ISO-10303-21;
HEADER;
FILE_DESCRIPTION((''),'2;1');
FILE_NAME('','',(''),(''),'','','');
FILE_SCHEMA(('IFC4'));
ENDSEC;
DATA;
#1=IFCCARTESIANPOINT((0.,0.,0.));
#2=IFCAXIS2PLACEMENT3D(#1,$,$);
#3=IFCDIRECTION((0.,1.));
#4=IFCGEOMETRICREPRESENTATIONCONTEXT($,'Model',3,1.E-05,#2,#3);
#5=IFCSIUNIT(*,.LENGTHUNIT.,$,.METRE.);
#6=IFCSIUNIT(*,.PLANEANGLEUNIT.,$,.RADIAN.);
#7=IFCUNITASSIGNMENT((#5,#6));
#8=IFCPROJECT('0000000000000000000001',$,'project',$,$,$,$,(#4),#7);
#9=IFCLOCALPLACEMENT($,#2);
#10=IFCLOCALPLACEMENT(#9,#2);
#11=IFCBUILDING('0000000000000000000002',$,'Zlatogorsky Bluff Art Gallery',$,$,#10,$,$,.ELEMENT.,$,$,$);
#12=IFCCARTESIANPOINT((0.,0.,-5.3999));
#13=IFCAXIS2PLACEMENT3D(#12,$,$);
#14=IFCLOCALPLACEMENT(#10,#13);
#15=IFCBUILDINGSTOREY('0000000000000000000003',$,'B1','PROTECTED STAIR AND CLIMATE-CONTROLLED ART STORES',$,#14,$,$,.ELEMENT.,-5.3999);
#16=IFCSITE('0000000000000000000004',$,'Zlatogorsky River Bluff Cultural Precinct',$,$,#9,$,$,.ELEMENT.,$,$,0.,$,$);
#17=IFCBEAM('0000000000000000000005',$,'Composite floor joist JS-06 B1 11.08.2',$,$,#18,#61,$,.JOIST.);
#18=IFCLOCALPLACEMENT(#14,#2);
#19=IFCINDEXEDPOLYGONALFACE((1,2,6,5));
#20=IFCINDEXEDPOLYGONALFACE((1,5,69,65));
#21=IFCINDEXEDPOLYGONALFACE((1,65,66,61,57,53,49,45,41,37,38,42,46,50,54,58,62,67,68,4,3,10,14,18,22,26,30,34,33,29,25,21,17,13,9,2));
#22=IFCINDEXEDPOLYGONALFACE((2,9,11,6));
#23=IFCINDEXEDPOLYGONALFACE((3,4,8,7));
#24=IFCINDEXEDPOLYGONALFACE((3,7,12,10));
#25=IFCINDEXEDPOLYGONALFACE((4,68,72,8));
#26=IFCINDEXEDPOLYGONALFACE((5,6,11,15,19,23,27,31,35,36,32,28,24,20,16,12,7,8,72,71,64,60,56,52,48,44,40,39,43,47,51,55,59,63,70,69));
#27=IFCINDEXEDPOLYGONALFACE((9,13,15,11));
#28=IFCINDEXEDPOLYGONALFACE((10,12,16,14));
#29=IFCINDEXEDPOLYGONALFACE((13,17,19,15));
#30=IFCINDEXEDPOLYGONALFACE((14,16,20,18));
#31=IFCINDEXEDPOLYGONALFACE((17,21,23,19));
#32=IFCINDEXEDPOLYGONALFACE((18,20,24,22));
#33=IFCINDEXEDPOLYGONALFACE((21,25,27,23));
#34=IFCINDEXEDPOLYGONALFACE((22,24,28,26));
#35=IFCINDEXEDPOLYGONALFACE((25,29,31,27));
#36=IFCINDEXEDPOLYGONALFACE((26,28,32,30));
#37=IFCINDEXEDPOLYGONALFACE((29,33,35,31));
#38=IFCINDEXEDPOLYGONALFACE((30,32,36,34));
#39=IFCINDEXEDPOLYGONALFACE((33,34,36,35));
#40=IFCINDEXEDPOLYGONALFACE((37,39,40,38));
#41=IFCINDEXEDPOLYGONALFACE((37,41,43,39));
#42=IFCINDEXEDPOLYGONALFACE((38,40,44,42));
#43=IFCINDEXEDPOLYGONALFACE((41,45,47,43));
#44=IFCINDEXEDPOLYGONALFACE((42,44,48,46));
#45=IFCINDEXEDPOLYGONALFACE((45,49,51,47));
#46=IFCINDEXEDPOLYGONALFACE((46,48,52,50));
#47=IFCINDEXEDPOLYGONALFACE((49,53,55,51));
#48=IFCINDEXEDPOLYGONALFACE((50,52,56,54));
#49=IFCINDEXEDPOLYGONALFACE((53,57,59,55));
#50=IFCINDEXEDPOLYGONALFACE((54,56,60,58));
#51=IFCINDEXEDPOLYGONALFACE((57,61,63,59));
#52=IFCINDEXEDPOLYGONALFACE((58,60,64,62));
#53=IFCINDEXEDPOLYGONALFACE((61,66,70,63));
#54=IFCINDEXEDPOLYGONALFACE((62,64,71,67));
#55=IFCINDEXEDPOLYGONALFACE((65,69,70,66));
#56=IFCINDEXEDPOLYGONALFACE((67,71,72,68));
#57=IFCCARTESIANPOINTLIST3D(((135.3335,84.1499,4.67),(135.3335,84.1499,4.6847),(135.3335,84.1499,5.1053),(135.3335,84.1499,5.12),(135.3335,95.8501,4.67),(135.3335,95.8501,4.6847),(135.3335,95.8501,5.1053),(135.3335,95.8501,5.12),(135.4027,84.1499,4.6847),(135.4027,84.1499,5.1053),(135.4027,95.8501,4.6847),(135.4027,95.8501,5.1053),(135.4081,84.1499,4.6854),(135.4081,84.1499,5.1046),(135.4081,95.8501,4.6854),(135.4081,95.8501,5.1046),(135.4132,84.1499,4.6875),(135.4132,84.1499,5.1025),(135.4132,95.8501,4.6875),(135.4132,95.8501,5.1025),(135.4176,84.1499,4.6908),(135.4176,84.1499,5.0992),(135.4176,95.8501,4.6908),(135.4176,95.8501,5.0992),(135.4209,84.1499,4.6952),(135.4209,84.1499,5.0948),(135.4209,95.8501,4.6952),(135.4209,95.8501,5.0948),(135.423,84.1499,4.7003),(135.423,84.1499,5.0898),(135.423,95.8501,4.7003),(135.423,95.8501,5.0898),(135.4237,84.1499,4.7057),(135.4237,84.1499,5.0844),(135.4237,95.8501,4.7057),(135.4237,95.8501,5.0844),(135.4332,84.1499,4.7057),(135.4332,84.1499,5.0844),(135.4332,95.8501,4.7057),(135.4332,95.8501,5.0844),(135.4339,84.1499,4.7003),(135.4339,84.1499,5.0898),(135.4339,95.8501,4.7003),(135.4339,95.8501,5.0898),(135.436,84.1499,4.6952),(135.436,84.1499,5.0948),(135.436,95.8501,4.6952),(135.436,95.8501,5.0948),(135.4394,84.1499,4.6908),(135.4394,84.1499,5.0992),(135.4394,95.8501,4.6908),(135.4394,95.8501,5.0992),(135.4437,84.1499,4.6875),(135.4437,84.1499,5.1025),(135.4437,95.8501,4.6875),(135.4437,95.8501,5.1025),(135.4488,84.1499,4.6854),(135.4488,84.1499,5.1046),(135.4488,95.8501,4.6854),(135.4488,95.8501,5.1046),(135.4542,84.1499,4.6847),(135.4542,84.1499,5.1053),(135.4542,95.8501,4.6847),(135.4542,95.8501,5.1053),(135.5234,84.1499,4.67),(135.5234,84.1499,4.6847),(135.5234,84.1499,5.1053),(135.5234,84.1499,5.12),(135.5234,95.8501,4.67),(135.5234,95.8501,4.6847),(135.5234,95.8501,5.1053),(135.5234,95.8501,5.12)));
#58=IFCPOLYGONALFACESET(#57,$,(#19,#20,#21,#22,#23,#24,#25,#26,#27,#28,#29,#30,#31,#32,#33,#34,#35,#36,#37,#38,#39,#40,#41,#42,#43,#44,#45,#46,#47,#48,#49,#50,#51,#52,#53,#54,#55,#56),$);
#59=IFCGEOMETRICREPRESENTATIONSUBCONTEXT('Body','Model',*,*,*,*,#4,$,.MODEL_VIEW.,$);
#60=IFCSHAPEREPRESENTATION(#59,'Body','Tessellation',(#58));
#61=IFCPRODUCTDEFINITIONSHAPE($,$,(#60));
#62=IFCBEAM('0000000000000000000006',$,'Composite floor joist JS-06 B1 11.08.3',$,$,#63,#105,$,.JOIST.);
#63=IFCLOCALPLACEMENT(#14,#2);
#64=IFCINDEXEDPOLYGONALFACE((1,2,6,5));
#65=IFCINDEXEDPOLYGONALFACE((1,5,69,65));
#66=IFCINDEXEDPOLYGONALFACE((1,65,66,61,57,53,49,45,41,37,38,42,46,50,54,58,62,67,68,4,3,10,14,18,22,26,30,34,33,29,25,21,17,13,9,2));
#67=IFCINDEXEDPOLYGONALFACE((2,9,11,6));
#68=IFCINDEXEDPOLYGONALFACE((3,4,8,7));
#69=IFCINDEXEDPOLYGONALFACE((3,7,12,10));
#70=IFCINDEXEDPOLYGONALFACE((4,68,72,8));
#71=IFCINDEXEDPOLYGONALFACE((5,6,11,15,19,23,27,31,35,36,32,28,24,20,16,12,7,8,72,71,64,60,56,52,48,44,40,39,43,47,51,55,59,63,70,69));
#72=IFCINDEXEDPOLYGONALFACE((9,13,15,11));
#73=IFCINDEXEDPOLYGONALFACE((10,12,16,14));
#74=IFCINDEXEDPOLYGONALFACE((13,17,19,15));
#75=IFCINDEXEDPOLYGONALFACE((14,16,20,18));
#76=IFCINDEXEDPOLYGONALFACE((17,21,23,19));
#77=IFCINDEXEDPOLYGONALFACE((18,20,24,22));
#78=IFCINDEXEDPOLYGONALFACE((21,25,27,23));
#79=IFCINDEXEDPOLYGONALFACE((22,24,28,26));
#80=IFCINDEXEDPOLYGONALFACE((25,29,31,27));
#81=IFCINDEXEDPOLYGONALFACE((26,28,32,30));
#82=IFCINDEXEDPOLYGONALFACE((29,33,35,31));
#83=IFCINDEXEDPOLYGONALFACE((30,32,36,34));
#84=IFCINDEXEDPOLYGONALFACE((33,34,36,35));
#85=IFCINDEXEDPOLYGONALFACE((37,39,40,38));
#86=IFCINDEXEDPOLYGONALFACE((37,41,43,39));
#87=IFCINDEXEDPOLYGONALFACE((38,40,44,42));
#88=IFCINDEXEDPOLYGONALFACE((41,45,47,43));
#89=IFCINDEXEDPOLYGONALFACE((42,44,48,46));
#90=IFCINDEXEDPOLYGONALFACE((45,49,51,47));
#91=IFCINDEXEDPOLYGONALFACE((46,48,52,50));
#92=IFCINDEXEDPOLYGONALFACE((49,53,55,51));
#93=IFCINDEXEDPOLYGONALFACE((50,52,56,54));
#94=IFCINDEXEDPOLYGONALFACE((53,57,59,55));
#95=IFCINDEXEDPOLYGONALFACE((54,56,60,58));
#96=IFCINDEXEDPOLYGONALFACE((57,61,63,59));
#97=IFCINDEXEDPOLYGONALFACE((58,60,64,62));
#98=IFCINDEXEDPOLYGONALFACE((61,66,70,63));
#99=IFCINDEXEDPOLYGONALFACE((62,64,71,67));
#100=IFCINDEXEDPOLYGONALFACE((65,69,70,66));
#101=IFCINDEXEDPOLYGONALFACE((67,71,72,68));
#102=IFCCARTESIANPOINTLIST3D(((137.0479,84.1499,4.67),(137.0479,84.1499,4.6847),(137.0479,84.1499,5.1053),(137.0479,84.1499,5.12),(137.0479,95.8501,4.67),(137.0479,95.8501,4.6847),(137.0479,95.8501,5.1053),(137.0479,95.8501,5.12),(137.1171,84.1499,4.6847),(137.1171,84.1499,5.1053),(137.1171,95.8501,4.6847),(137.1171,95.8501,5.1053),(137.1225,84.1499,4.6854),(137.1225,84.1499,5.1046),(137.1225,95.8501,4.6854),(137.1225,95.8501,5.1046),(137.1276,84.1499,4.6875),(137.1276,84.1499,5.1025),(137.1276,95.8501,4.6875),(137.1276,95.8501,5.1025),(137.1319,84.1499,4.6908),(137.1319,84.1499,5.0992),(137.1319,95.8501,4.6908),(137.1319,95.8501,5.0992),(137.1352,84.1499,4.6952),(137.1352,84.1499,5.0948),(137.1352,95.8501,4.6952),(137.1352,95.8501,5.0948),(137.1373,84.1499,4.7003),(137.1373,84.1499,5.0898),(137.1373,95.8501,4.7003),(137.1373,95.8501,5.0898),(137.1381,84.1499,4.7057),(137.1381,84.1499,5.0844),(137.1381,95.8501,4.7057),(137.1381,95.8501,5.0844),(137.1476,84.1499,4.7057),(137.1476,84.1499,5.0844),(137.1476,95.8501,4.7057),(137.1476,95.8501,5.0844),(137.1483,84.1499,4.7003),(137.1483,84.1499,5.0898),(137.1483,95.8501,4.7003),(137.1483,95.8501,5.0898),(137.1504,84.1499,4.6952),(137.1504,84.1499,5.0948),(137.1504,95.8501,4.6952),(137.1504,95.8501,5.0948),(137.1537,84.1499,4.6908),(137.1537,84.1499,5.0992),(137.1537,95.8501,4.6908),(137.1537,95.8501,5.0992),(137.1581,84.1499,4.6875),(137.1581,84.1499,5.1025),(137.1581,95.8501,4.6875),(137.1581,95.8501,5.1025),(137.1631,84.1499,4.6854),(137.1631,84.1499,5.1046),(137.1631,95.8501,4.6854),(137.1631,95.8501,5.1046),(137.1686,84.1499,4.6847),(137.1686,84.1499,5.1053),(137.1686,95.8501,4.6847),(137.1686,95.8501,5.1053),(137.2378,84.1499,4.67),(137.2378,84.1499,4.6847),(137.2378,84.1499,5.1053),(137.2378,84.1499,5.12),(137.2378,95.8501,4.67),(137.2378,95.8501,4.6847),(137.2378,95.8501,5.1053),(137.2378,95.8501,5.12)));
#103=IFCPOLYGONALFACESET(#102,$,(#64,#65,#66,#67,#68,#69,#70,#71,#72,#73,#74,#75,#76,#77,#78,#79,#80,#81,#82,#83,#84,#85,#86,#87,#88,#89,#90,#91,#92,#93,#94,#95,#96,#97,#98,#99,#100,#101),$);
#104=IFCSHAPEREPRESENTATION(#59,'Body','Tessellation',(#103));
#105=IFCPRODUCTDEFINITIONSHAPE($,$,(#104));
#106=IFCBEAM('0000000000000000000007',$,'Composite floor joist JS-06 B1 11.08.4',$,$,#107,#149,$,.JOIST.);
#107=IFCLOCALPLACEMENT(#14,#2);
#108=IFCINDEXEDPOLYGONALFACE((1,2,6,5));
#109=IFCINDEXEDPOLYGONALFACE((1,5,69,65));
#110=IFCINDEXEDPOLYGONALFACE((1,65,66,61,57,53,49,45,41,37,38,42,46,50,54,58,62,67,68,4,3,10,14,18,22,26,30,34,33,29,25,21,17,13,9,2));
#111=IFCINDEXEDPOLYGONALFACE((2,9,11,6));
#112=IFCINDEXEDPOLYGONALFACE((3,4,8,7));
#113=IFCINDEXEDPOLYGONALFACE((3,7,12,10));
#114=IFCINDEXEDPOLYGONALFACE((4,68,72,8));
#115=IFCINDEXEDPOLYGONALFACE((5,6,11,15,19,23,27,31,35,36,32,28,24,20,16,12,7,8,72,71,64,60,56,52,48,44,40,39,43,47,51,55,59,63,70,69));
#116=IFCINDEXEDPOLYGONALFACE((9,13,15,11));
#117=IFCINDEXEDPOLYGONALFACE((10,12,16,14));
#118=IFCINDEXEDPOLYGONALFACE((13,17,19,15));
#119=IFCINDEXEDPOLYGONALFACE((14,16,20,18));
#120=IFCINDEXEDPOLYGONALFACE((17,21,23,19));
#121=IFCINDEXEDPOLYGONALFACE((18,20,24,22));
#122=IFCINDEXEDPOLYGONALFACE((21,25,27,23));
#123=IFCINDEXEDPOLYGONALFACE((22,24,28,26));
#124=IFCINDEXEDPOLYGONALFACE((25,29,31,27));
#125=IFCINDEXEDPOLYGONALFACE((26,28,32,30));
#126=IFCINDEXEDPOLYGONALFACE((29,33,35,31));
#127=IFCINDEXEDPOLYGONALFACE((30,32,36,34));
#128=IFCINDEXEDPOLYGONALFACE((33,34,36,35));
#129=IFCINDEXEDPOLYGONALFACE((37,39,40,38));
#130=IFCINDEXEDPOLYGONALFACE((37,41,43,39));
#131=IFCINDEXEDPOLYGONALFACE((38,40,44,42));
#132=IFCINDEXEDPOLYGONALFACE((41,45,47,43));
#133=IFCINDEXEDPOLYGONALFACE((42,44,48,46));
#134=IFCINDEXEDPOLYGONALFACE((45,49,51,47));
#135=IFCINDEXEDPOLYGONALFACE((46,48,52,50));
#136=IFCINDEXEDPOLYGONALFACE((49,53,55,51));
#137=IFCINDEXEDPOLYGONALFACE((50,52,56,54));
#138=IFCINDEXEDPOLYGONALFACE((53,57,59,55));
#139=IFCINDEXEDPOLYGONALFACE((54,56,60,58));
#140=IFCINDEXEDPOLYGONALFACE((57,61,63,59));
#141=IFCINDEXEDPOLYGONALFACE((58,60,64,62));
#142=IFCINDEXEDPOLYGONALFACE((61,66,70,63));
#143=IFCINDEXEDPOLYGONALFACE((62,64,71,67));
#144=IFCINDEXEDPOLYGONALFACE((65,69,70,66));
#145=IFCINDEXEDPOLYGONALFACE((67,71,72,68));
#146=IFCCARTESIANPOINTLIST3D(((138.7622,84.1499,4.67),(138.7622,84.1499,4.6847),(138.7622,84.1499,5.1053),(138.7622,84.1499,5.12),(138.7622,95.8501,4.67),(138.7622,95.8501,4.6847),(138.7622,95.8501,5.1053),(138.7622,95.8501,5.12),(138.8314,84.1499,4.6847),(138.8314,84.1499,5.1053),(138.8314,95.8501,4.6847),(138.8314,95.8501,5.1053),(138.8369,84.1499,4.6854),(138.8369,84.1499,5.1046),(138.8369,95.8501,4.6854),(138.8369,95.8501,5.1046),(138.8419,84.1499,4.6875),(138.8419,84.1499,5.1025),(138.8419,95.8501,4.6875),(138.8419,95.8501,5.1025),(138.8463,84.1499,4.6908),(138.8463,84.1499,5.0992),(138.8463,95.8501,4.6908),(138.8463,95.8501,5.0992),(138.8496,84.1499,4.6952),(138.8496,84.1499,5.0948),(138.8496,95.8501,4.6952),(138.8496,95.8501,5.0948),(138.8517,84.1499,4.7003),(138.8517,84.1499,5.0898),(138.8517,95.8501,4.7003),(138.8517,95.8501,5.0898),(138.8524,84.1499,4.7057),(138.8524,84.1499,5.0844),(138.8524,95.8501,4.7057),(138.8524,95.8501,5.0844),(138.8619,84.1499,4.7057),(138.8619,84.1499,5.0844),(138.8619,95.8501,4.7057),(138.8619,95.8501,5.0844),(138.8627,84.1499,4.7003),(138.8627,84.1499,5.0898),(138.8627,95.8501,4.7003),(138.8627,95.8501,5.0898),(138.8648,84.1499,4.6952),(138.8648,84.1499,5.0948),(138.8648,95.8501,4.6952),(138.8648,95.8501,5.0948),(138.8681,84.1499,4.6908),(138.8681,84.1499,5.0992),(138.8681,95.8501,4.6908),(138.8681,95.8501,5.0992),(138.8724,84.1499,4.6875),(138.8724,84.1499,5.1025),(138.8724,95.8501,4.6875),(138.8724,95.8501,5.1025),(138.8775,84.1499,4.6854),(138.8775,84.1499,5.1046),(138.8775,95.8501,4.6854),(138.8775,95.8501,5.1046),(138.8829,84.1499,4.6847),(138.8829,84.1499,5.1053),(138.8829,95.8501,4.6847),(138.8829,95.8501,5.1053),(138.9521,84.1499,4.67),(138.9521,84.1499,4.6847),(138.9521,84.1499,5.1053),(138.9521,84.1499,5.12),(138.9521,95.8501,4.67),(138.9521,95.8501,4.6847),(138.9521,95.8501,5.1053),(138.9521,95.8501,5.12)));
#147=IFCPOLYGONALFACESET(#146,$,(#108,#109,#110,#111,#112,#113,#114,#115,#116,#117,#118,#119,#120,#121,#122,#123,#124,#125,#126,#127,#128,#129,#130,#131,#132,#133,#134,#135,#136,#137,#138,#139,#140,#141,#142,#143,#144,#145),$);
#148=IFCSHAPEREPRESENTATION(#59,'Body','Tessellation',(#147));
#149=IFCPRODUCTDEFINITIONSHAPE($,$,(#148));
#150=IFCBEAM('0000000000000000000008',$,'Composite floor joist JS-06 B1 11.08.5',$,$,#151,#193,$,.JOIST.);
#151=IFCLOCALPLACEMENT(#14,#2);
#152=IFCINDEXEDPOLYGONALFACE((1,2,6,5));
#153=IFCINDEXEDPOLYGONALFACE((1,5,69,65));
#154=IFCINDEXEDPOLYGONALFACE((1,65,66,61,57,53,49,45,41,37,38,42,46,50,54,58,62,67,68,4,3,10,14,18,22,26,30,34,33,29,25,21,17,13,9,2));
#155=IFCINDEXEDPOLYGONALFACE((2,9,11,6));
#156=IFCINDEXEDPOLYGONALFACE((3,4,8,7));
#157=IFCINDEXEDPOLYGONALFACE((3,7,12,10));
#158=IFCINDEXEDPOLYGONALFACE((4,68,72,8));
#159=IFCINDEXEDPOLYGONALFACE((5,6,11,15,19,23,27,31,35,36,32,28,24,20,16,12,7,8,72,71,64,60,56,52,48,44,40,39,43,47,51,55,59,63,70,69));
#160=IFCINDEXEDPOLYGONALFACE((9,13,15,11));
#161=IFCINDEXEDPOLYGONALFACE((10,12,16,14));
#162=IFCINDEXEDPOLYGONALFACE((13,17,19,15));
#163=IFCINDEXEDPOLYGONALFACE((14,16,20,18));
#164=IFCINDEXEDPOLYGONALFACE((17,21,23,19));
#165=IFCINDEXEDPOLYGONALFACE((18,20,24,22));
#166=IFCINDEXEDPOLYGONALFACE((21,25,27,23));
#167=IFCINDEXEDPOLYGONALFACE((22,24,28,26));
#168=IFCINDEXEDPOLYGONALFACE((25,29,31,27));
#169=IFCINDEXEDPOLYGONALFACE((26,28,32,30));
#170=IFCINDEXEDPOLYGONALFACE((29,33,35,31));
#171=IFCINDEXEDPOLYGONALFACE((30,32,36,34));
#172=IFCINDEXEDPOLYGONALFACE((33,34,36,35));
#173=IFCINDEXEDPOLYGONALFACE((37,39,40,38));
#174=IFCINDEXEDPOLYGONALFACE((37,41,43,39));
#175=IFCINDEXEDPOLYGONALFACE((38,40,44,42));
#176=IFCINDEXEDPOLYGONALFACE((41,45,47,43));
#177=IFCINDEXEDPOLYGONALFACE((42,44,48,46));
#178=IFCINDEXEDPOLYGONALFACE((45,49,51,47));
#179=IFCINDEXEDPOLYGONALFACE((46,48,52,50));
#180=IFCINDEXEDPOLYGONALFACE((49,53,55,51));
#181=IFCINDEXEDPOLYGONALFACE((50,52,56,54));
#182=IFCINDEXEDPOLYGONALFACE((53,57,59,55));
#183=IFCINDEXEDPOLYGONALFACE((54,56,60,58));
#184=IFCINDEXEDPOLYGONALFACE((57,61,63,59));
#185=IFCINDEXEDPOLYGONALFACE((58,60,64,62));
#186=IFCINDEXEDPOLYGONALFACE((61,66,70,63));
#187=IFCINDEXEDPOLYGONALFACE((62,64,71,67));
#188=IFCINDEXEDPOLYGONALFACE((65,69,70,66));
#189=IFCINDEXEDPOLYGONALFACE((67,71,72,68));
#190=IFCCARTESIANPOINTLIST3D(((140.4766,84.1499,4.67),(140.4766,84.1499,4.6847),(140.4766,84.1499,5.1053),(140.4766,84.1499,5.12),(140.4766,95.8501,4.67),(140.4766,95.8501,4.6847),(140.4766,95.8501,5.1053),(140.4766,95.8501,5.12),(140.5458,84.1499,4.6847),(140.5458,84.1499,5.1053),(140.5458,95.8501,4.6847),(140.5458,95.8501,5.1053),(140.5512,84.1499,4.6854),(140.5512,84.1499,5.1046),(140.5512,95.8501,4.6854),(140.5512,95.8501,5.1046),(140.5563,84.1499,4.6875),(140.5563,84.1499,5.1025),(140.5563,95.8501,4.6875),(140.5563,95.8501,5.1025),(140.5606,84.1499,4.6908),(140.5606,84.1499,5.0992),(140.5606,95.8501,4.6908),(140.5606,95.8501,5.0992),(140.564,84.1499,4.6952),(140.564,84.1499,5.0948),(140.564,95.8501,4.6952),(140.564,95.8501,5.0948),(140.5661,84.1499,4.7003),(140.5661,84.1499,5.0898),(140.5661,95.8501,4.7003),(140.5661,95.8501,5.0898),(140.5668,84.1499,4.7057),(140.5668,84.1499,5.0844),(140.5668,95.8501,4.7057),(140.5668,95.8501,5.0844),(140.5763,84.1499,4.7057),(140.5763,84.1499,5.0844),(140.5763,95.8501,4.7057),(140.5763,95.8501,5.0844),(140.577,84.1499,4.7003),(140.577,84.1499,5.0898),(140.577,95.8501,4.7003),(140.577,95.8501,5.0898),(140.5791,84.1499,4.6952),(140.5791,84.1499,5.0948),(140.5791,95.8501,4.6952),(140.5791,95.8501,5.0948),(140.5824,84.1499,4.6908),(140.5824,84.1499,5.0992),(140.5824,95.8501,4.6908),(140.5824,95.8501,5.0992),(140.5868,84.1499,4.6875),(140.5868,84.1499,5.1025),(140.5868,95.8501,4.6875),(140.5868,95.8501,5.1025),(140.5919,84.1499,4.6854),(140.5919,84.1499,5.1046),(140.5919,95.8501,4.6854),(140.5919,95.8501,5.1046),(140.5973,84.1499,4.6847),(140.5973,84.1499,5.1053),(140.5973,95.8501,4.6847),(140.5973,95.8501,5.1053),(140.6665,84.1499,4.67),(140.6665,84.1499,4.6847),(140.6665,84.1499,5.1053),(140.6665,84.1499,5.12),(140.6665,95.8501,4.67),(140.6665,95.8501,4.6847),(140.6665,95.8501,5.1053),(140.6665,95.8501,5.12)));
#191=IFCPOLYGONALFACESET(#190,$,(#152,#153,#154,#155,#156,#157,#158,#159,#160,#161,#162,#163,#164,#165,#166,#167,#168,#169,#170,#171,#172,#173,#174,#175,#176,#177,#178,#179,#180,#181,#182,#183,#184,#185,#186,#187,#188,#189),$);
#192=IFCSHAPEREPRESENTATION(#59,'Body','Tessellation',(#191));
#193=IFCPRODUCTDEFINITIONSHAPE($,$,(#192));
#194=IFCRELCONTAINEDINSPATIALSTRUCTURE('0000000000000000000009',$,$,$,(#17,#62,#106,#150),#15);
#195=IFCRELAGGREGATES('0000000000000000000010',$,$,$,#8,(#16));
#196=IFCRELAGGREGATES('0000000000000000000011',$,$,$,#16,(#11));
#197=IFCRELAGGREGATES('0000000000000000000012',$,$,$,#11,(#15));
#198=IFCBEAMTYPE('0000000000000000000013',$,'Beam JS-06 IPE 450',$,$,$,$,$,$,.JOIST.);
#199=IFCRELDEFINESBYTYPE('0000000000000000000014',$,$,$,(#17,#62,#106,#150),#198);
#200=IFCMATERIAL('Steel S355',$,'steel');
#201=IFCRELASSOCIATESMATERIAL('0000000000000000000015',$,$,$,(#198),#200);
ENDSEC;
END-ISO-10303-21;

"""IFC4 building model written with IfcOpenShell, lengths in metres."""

from ifc_helpers import new_model, si_unit, direction, frame, origin, origin_2d, place, context, subcontext, project, spatial, i_section, extrude, material, material_profile, profile_set, type_object, element, save


model = new_model("IFC4")

# Units and contexts
model_context = context("Model", 3, precision=1e-05, world=origin(), true_north=direction((0.0, 1.0)))
body_context = subcontext(model_context, "Body", "Model", "MODEL_VIEW")
ifc_project = project(units=[si_unit("LENGTHUNIT", "METRE"), si_unit("PLANEANGLEUNIT", "RADIAN")], contexts=[model_context])

# Site, building, storey
site_placement = place(None, origin())
site = spatial("IfcSite", under=ifc_project, at=site_placement, Name="Zlatogorsky River Bluff Cultural Precinct", CompositionType="ELEMENT", RefElevation=0.0)
building_placement = place(site_placement, origin())
building = spatial("IfcBuilding", under=site, at=building_placement, Name="Zlatogorsky Bluff Art Gallery", CompositionType="ELEMENT")
storey_placement = place(building_placement, frame((0.0, 0.0, -5.3999)))
storey = spatial("IfcBuildingStorey", under=building, at=storey_placement, Name="B1", Description="PROTECTED STAIR AND CLIMATE-CONTROLLED ART STORES", CompositionType="ELEMENT", Elevation=-5.3999)

# Beams
ifc_material_1 = material(Name="Steel S355", Category="steel")
ifc_material_profile_1 = material_profile(ifc_material_1, i_section(OverallWidth=0.1899, OverallDepth=0.45, WebThickness=0.0095, FlangeThickness=0.0146, FilletRadius=0.021, at=origin_2d()), Name="IPE 450")
ifc_profile_set_1 = profile_set([ifc_material_profile_1], Name="Steel S355")
beam_type_1 = type_object("IfcBeamType", Name="Beam JS-06 IPE 450", PredefinedType="JOIST", material=ifc_profile_set_1)
for number, where, z_axis, x_axis, name in (
    (1, (135.4285, 84.1499, 4.895), (0.0, 1.0, 0.0), (-1.0, 0.0, 0.0), "Composite floor joist JS-06 B1 11.08.2"),
    (2, (137.1428, 84.1499, 4.895), (0.0, 1.0, 0.0), (-1.0, 0.0, 0.0), "Composite floor joist JS-06 B1 11.08.3"),
    (3, (138.8572, 84.1499, 4.895), (0.0, 1.0, 0.0), (-1.0, 0.0, 0.0), "Composite floor joist JS-06 B1 11.08.4"),
    (4, (140.5715, 84.1499, 4.895), (0.0, 1.0, 0.0), (-1.0, 0.0, 0.0), "Composite floor joist JS-06 B1 11.08.5"),
):
    element("IfcBeam", number, at=place(storey_placement, frame(where, z_axis=z_axis, x_axis=x_axis)), inside=storey, type_object=beam_type_1, Name=name, PredefinedType="JOIST", context=body_context, shape_type="SweptSolid", body=[
        extrude(i_section(OverallWidth=0.1899, OverallDepth=0.45, WebThickness=0.0095, FlangeThickness=0.0146, FilletRadius=0.021, at=origin_2d()), origin(), (0.0, 0.0, 1.0), 11.7002),
    ])

save(model, "model.ifc")
